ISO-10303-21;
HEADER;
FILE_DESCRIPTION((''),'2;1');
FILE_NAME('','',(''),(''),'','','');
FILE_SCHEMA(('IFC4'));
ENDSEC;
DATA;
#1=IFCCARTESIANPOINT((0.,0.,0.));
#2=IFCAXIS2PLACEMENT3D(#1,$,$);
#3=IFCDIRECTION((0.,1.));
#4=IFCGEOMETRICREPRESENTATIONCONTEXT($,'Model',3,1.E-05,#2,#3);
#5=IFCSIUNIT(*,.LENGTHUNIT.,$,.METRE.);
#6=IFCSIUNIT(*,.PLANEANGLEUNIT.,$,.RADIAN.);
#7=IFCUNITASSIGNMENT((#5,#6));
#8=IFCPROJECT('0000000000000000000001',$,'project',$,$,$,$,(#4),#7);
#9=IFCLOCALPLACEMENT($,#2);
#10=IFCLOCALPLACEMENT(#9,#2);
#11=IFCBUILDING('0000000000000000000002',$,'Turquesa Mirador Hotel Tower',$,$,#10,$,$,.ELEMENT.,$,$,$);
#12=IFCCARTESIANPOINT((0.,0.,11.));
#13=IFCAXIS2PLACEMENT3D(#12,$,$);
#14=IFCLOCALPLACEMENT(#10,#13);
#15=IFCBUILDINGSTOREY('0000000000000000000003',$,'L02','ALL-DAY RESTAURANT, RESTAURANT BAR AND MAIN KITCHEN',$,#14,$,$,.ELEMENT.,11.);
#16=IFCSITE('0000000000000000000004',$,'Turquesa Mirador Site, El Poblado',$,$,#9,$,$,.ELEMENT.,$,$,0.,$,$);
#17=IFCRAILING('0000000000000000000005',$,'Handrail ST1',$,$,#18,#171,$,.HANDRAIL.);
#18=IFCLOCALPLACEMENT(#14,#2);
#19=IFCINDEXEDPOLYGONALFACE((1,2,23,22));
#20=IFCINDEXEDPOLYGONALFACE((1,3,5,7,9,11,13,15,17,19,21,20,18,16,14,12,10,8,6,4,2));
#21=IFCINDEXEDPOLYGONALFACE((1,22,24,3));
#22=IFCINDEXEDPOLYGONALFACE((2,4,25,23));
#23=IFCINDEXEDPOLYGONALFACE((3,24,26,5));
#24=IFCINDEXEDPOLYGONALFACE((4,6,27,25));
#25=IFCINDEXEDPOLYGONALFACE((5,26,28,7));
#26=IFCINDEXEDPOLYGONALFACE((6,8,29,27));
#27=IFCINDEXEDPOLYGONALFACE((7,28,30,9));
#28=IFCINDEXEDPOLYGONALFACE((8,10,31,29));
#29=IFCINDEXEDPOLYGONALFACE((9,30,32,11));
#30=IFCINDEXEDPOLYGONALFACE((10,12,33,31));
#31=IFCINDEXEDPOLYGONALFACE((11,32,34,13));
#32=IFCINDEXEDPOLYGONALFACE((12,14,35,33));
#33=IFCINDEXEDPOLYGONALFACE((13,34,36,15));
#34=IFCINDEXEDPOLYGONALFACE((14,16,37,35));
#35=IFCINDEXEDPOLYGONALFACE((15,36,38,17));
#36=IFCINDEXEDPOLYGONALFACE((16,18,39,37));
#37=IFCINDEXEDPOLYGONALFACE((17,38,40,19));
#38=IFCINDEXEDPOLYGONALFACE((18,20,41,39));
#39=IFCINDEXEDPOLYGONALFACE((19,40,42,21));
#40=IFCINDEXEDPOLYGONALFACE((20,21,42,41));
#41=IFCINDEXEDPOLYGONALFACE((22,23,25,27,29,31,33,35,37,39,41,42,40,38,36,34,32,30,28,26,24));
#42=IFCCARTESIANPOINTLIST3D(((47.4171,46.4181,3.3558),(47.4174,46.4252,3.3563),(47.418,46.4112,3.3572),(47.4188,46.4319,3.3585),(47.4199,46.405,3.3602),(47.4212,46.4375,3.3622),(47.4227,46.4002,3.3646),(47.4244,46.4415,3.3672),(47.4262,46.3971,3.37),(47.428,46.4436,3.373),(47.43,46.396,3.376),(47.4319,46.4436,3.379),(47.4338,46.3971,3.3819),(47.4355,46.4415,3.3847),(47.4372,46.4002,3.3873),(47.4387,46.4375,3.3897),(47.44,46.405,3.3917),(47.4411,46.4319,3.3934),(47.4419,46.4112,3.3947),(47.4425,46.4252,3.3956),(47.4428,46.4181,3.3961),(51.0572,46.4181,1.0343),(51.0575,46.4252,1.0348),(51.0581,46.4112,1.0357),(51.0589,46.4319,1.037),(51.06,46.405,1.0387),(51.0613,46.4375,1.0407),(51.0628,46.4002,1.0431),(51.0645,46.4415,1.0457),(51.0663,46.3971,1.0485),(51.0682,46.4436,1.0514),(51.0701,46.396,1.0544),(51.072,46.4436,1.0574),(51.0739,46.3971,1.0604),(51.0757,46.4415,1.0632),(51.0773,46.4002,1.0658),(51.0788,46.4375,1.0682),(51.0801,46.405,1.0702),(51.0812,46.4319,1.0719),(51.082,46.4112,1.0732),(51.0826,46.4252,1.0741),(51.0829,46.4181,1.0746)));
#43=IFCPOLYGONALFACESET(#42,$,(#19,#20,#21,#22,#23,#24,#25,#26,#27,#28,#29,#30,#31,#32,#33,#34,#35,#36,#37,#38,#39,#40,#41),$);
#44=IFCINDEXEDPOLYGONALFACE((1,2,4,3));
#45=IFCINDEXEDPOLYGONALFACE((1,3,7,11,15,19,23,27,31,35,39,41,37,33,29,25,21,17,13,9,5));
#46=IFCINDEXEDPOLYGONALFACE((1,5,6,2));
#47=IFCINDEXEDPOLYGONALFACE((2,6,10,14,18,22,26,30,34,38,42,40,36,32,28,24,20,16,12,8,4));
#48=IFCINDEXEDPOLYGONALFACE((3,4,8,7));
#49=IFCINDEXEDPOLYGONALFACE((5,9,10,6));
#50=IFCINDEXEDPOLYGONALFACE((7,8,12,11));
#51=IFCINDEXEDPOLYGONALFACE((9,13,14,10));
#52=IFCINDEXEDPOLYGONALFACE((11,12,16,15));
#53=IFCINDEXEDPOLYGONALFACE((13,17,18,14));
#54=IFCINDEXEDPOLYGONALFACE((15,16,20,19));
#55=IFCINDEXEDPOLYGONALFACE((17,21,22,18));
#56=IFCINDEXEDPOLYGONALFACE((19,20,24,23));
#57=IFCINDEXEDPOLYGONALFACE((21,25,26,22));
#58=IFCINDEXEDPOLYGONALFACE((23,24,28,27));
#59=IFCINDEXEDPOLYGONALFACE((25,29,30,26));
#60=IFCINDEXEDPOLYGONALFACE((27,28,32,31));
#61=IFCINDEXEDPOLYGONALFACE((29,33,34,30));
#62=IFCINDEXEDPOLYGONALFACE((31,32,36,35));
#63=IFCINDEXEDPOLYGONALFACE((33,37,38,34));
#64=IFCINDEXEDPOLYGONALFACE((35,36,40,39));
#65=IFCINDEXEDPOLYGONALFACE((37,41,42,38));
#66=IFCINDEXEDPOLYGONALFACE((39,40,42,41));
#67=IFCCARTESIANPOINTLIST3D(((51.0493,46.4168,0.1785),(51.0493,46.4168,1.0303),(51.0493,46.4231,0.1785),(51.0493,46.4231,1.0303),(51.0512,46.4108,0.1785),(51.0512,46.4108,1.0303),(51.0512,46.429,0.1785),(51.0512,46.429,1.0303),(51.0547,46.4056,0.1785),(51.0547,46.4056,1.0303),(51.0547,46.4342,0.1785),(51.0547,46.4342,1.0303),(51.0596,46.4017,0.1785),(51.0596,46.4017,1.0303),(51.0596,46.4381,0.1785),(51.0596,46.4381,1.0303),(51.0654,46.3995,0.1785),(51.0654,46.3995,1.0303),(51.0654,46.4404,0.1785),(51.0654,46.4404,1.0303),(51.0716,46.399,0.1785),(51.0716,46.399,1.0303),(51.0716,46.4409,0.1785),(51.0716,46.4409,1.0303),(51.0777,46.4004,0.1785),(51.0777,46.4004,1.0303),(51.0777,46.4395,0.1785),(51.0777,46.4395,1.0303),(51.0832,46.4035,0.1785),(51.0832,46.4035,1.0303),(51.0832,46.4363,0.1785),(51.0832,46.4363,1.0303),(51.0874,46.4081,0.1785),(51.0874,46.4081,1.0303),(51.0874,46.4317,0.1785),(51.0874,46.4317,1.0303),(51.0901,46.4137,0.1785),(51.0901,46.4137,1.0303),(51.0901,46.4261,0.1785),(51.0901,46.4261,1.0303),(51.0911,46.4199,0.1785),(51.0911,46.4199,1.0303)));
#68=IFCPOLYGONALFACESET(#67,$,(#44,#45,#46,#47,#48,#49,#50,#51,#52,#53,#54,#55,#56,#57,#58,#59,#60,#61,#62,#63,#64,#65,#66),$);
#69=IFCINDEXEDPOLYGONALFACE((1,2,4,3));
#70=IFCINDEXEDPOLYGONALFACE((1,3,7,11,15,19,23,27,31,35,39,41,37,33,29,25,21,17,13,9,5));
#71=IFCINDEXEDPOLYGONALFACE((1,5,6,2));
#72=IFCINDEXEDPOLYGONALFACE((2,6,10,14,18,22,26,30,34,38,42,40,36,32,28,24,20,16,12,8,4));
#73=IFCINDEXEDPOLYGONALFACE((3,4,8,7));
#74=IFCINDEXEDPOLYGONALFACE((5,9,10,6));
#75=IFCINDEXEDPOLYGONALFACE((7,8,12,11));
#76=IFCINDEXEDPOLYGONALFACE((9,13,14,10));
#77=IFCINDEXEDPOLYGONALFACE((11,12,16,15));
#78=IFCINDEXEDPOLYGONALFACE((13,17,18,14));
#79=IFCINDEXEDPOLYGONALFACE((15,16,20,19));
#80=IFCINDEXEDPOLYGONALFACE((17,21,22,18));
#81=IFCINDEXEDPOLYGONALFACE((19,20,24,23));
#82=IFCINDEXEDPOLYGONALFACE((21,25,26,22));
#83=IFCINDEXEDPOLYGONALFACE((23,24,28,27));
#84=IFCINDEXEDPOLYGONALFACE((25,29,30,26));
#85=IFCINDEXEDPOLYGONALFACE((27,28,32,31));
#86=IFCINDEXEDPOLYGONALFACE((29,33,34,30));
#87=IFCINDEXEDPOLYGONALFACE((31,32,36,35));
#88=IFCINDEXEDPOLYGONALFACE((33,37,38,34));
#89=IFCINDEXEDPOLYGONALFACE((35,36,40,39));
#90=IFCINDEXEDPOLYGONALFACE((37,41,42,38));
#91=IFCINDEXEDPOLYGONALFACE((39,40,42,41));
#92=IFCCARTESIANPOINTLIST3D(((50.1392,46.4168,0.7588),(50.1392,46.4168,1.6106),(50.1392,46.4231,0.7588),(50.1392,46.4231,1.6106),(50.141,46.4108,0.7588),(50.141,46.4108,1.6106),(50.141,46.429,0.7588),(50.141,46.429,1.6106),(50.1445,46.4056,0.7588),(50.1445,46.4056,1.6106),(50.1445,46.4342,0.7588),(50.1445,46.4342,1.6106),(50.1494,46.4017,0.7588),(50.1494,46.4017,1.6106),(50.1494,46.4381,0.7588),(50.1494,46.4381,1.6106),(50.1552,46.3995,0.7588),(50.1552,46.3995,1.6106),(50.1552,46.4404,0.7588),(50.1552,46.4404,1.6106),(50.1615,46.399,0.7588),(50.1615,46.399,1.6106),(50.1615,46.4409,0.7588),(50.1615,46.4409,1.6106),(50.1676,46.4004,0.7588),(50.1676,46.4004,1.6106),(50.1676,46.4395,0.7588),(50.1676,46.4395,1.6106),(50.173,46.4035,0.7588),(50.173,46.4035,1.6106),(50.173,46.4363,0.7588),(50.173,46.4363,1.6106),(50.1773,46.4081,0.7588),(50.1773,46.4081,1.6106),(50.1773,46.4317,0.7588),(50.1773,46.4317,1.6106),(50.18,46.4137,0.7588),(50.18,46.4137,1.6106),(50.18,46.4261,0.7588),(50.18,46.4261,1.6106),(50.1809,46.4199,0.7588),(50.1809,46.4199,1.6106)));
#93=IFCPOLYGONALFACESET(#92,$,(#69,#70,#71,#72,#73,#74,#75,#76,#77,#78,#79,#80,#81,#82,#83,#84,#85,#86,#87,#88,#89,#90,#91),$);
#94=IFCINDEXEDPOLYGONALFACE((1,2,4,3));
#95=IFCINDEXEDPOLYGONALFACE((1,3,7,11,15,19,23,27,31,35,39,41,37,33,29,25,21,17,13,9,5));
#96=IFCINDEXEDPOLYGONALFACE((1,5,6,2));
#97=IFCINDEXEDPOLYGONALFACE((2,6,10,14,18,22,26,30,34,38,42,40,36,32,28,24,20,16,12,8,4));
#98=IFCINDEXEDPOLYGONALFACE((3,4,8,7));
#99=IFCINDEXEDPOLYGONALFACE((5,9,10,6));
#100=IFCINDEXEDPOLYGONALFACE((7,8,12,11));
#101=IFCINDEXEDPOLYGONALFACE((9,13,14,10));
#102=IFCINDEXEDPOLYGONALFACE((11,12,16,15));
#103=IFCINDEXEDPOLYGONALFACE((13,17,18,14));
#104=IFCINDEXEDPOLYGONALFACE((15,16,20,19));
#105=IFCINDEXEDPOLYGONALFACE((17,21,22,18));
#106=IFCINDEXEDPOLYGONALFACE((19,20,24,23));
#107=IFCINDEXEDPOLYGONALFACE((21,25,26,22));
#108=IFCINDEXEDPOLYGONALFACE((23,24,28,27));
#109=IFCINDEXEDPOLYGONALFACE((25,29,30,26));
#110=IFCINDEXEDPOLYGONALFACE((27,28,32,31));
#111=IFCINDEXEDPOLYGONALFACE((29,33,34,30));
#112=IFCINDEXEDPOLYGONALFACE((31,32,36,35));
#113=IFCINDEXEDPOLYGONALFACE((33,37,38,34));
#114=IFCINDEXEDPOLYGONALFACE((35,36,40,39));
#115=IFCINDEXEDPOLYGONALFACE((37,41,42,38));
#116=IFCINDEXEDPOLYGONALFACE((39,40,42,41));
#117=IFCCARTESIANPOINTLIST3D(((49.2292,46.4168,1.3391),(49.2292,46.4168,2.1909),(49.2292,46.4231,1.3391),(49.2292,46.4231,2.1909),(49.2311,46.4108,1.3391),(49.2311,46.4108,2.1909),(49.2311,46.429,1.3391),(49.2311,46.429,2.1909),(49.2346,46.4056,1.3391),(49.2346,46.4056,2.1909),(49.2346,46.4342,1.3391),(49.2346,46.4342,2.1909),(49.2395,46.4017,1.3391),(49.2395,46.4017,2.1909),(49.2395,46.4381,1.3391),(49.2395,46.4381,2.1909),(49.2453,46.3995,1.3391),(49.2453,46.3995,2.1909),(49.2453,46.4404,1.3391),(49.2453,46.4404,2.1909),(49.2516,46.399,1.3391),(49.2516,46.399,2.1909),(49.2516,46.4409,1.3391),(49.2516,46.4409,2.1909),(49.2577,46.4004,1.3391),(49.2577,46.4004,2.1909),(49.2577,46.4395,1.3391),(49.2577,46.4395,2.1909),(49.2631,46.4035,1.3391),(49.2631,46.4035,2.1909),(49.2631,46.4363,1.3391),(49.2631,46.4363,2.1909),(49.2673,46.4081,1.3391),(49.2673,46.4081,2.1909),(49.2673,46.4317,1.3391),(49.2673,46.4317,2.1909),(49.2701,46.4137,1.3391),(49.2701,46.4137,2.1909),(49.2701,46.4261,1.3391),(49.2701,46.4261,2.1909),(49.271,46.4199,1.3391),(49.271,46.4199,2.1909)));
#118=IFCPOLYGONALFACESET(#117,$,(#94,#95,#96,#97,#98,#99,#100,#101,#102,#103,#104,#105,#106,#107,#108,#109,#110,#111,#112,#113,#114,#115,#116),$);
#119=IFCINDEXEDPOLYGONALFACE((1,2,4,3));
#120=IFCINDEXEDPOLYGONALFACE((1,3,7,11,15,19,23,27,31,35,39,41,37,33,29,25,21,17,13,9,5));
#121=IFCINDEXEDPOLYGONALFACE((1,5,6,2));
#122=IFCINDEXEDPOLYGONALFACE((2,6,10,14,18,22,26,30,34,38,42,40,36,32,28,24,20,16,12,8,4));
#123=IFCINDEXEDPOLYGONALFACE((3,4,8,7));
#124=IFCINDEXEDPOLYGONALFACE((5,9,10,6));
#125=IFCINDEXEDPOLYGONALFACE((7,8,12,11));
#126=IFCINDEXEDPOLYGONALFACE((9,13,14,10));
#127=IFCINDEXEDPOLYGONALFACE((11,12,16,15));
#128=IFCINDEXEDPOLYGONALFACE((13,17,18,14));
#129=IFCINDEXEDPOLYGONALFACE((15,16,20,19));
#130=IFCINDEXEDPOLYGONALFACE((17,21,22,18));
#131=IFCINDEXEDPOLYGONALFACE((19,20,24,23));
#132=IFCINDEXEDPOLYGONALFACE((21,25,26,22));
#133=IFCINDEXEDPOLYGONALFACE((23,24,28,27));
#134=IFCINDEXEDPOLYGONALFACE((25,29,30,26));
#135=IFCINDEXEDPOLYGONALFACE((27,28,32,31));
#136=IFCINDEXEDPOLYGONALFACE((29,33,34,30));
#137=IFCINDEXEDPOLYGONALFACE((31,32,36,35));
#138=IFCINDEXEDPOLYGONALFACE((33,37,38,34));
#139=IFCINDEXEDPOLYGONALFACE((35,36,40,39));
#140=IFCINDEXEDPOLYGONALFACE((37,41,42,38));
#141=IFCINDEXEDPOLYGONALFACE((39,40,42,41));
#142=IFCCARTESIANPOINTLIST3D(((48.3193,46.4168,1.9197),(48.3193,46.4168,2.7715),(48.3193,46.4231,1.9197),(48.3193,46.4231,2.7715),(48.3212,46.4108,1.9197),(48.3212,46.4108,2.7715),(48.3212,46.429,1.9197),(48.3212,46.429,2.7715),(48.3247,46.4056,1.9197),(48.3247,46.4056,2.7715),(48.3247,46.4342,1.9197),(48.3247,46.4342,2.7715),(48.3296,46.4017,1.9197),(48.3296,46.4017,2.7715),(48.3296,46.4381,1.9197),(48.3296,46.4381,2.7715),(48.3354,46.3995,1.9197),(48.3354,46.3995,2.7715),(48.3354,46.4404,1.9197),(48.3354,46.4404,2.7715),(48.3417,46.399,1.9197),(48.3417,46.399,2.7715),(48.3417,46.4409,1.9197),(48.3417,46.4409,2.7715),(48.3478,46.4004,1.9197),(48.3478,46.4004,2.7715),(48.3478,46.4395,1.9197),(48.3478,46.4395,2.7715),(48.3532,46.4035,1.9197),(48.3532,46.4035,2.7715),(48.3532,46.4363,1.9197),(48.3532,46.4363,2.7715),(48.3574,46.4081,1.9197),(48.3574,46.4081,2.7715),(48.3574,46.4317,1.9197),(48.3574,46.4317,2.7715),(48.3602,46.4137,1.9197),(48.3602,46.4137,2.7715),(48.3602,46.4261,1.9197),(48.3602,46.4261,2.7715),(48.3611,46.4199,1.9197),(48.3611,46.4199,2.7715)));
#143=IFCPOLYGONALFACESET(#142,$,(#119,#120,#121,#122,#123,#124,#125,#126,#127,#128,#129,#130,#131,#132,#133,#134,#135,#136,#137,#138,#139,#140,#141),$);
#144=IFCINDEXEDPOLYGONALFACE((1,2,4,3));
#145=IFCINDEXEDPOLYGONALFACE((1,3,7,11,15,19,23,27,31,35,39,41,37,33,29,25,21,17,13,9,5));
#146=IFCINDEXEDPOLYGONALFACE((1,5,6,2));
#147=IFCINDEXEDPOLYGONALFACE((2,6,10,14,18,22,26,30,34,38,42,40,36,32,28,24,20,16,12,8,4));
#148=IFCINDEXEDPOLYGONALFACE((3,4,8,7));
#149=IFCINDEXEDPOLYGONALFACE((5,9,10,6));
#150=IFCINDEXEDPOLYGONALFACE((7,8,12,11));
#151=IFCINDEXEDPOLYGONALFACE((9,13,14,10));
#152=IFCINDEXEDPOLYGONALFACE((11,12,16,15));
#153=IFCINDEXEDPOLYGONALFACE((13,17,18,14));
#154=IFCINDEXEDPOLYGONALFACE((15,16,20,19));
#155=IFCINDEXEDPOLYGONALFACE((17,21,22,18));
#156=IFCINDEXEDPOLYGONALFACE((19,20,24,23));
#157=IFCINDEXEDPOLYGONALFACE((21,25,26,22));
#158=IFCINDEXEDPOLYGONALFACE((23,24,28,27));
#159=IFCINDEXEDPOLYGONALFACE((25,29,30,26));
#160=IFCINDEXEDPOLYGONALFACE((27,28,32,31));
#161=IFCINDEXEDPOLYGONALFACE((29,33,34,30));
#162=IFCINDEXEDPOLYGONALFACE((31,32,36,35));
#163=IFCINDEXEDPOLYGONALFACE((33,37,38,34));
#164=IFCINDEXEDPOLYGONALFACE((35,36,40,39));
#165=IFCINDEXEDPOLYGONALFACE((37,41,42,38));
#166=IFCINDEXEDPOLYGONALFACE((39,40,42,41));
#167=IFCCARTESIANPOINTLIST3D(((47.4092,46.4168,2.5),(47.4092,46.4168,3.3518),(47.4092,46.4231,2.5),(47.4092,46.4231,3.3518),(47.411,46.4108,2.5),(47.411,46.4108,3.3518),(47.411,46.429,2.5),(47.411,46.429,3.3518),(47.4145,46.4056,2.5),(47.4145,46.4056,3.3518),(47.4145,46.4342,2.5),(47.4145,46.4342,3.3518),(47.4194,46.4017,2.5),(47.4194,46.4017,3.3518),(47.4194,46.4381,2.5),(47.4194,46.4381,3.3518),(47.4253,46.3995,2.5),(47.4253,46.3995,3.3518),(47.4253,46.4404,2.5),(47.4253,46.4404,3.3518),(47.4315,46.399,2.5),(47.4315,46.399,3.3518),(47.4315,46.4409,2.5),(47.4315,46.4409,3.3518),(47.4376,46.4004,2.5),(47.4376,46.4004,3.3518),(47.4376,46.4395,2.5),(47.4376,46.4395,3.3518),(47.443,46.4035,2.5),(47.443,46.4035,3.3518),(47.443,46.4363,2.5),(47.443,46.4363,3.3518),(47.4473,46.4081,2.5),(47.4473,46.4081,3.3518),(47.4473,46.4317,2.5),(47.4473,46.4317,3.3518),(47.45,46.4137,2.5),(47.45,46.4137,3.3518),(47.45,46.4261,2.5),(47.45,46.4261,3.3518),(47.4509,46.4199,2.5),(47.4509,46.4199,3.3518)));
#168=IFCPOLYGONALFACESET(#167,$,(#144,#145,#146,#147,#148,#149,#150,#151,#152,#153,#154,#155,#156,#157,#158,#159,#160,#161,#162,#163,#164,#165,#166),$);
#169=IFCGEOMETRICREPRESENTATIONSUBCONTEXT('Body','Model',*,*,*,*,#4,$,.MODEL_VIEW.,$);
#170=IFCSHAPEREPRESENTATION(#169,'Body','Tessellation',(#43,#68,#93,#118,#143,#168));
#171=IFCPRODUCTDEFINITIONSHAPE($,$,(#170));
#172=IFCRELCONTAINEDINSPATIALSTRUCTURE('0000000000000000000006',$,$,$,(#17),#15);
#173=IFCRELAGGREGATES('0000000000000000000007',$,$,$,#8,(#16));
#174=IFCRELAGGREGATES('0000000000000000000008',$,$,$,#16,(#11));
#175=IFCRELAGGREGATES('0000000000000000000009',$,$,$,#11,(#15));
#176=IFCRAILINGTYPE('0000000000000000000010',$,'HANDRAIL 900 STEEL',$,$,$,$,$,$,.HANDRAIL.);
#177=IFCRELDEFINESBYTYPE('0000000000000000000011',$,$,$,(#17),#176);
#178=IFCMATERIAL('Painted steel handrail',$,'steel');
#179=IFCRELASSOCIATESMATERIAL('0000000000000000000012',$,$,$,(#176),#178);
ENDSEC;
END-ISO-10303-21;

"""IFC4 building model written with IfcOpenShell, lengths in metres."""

from ifc_helpers import new_model, si_unit, direction, frame, origin, origin_2d, place, context, subcontext, project, spatial, circle, extrude, material, type_object, element, save


model = new_model("IFC4")

# Units and contexts
model_context = context("Model", 3, precision=1e-05, world=origin(), true_north=direction((0.0, 1.0)))
body_context = subcontext(model_context, "Body", "Model", "MODEL_VIEW")
ifc_project = project(units=[si_unit("LENGTHUNIT", "METRE"), si_unit("PLANEANGLEUNIT", "RADIAN")], contexts=[model_context])

# Site, building, storey
site_placement = place(None, origin())
site = spatial("IfcSite", under=ifc_project, at=site_placement, Name="Turquesa Mirador Site, El Poblado", CompositionType="ELEMENT", RefElevation=0.0)
building_placement = place(site_placement, origin())
building = spatial("IfcBuilding", under=site, at=building_placement, Name="Turquesa Mirador Hotel Tower", CompositionType="ELEMENT")
storey_placement = place(building_placement, frame((0.0, 0.0, 11.0)))
storey = spatial("IfcBuildingStorey", under=building, at=storey_placement, Name="L02", Description="ALL-DAY RESTAURANT, RESTAURANT BAR AND MAIN KITCHEN", CompositionType="ELEMENT", Elevation=11.0)

# Railing
ifc_material_1 = material(Name="Painted steel handrail", Category="steel")
railing_type = type_object("IfcRailingType", Name="HANDRAIL 900 STEEL", PredefinedType="HANDRAIL", material=ifc_material_1)
for number, where, name in (
    (1, (51.0701, 46.4199, 0.1785), "Handrail ST1"),
):
    element("IfcRailing", number, at=place(storey_placement, frame(where)), inside=storey, type_object=railing_type, Name=name, PredefinedType="HANDRAIL", context=body_context, shape_type="SweptSolid", body=[
        extrude(circle(Radius=0.0239, at=origin_2d()), frame((0.0, 0.0, 0.876), z_axis=(-0.843128, 0.0, 0.537713), x_axis=(0.0, -1.0, 0.0)), (0.0, 0.0, 1.0), 4.3174),
        extrude(circle(Radius=0.021, at=origin_2d()), origin(), (0.0, 0.0, 1.0), 0.8518),
        extrude(circle(Radius=0.021, at=origin_2d()), frame((-0.9102, 0.0, 0.5803)), (0.0, 0.0, 1.0), 0.8518),
        extrude(circle(Radius=0.021, at=origin_2d()), frame((-1.8201, 0.0, 1.1606)), (0.0, 0.0, 1.0), 0.8518),
        extrude(circle(Radius=0.021, at=origin_2d()), frame((-2.73, 0.0, 1.7412)), (0.0, 0.0, 1.0), 0.8518),
        extrude(circle(Radius=0.021, at=origin_2d()), frame((-3.6401, 0.0, 2.3215)), (0.0, 0.0, 1.0), 0.8518),
    ])

save(model, "model.ifc")
